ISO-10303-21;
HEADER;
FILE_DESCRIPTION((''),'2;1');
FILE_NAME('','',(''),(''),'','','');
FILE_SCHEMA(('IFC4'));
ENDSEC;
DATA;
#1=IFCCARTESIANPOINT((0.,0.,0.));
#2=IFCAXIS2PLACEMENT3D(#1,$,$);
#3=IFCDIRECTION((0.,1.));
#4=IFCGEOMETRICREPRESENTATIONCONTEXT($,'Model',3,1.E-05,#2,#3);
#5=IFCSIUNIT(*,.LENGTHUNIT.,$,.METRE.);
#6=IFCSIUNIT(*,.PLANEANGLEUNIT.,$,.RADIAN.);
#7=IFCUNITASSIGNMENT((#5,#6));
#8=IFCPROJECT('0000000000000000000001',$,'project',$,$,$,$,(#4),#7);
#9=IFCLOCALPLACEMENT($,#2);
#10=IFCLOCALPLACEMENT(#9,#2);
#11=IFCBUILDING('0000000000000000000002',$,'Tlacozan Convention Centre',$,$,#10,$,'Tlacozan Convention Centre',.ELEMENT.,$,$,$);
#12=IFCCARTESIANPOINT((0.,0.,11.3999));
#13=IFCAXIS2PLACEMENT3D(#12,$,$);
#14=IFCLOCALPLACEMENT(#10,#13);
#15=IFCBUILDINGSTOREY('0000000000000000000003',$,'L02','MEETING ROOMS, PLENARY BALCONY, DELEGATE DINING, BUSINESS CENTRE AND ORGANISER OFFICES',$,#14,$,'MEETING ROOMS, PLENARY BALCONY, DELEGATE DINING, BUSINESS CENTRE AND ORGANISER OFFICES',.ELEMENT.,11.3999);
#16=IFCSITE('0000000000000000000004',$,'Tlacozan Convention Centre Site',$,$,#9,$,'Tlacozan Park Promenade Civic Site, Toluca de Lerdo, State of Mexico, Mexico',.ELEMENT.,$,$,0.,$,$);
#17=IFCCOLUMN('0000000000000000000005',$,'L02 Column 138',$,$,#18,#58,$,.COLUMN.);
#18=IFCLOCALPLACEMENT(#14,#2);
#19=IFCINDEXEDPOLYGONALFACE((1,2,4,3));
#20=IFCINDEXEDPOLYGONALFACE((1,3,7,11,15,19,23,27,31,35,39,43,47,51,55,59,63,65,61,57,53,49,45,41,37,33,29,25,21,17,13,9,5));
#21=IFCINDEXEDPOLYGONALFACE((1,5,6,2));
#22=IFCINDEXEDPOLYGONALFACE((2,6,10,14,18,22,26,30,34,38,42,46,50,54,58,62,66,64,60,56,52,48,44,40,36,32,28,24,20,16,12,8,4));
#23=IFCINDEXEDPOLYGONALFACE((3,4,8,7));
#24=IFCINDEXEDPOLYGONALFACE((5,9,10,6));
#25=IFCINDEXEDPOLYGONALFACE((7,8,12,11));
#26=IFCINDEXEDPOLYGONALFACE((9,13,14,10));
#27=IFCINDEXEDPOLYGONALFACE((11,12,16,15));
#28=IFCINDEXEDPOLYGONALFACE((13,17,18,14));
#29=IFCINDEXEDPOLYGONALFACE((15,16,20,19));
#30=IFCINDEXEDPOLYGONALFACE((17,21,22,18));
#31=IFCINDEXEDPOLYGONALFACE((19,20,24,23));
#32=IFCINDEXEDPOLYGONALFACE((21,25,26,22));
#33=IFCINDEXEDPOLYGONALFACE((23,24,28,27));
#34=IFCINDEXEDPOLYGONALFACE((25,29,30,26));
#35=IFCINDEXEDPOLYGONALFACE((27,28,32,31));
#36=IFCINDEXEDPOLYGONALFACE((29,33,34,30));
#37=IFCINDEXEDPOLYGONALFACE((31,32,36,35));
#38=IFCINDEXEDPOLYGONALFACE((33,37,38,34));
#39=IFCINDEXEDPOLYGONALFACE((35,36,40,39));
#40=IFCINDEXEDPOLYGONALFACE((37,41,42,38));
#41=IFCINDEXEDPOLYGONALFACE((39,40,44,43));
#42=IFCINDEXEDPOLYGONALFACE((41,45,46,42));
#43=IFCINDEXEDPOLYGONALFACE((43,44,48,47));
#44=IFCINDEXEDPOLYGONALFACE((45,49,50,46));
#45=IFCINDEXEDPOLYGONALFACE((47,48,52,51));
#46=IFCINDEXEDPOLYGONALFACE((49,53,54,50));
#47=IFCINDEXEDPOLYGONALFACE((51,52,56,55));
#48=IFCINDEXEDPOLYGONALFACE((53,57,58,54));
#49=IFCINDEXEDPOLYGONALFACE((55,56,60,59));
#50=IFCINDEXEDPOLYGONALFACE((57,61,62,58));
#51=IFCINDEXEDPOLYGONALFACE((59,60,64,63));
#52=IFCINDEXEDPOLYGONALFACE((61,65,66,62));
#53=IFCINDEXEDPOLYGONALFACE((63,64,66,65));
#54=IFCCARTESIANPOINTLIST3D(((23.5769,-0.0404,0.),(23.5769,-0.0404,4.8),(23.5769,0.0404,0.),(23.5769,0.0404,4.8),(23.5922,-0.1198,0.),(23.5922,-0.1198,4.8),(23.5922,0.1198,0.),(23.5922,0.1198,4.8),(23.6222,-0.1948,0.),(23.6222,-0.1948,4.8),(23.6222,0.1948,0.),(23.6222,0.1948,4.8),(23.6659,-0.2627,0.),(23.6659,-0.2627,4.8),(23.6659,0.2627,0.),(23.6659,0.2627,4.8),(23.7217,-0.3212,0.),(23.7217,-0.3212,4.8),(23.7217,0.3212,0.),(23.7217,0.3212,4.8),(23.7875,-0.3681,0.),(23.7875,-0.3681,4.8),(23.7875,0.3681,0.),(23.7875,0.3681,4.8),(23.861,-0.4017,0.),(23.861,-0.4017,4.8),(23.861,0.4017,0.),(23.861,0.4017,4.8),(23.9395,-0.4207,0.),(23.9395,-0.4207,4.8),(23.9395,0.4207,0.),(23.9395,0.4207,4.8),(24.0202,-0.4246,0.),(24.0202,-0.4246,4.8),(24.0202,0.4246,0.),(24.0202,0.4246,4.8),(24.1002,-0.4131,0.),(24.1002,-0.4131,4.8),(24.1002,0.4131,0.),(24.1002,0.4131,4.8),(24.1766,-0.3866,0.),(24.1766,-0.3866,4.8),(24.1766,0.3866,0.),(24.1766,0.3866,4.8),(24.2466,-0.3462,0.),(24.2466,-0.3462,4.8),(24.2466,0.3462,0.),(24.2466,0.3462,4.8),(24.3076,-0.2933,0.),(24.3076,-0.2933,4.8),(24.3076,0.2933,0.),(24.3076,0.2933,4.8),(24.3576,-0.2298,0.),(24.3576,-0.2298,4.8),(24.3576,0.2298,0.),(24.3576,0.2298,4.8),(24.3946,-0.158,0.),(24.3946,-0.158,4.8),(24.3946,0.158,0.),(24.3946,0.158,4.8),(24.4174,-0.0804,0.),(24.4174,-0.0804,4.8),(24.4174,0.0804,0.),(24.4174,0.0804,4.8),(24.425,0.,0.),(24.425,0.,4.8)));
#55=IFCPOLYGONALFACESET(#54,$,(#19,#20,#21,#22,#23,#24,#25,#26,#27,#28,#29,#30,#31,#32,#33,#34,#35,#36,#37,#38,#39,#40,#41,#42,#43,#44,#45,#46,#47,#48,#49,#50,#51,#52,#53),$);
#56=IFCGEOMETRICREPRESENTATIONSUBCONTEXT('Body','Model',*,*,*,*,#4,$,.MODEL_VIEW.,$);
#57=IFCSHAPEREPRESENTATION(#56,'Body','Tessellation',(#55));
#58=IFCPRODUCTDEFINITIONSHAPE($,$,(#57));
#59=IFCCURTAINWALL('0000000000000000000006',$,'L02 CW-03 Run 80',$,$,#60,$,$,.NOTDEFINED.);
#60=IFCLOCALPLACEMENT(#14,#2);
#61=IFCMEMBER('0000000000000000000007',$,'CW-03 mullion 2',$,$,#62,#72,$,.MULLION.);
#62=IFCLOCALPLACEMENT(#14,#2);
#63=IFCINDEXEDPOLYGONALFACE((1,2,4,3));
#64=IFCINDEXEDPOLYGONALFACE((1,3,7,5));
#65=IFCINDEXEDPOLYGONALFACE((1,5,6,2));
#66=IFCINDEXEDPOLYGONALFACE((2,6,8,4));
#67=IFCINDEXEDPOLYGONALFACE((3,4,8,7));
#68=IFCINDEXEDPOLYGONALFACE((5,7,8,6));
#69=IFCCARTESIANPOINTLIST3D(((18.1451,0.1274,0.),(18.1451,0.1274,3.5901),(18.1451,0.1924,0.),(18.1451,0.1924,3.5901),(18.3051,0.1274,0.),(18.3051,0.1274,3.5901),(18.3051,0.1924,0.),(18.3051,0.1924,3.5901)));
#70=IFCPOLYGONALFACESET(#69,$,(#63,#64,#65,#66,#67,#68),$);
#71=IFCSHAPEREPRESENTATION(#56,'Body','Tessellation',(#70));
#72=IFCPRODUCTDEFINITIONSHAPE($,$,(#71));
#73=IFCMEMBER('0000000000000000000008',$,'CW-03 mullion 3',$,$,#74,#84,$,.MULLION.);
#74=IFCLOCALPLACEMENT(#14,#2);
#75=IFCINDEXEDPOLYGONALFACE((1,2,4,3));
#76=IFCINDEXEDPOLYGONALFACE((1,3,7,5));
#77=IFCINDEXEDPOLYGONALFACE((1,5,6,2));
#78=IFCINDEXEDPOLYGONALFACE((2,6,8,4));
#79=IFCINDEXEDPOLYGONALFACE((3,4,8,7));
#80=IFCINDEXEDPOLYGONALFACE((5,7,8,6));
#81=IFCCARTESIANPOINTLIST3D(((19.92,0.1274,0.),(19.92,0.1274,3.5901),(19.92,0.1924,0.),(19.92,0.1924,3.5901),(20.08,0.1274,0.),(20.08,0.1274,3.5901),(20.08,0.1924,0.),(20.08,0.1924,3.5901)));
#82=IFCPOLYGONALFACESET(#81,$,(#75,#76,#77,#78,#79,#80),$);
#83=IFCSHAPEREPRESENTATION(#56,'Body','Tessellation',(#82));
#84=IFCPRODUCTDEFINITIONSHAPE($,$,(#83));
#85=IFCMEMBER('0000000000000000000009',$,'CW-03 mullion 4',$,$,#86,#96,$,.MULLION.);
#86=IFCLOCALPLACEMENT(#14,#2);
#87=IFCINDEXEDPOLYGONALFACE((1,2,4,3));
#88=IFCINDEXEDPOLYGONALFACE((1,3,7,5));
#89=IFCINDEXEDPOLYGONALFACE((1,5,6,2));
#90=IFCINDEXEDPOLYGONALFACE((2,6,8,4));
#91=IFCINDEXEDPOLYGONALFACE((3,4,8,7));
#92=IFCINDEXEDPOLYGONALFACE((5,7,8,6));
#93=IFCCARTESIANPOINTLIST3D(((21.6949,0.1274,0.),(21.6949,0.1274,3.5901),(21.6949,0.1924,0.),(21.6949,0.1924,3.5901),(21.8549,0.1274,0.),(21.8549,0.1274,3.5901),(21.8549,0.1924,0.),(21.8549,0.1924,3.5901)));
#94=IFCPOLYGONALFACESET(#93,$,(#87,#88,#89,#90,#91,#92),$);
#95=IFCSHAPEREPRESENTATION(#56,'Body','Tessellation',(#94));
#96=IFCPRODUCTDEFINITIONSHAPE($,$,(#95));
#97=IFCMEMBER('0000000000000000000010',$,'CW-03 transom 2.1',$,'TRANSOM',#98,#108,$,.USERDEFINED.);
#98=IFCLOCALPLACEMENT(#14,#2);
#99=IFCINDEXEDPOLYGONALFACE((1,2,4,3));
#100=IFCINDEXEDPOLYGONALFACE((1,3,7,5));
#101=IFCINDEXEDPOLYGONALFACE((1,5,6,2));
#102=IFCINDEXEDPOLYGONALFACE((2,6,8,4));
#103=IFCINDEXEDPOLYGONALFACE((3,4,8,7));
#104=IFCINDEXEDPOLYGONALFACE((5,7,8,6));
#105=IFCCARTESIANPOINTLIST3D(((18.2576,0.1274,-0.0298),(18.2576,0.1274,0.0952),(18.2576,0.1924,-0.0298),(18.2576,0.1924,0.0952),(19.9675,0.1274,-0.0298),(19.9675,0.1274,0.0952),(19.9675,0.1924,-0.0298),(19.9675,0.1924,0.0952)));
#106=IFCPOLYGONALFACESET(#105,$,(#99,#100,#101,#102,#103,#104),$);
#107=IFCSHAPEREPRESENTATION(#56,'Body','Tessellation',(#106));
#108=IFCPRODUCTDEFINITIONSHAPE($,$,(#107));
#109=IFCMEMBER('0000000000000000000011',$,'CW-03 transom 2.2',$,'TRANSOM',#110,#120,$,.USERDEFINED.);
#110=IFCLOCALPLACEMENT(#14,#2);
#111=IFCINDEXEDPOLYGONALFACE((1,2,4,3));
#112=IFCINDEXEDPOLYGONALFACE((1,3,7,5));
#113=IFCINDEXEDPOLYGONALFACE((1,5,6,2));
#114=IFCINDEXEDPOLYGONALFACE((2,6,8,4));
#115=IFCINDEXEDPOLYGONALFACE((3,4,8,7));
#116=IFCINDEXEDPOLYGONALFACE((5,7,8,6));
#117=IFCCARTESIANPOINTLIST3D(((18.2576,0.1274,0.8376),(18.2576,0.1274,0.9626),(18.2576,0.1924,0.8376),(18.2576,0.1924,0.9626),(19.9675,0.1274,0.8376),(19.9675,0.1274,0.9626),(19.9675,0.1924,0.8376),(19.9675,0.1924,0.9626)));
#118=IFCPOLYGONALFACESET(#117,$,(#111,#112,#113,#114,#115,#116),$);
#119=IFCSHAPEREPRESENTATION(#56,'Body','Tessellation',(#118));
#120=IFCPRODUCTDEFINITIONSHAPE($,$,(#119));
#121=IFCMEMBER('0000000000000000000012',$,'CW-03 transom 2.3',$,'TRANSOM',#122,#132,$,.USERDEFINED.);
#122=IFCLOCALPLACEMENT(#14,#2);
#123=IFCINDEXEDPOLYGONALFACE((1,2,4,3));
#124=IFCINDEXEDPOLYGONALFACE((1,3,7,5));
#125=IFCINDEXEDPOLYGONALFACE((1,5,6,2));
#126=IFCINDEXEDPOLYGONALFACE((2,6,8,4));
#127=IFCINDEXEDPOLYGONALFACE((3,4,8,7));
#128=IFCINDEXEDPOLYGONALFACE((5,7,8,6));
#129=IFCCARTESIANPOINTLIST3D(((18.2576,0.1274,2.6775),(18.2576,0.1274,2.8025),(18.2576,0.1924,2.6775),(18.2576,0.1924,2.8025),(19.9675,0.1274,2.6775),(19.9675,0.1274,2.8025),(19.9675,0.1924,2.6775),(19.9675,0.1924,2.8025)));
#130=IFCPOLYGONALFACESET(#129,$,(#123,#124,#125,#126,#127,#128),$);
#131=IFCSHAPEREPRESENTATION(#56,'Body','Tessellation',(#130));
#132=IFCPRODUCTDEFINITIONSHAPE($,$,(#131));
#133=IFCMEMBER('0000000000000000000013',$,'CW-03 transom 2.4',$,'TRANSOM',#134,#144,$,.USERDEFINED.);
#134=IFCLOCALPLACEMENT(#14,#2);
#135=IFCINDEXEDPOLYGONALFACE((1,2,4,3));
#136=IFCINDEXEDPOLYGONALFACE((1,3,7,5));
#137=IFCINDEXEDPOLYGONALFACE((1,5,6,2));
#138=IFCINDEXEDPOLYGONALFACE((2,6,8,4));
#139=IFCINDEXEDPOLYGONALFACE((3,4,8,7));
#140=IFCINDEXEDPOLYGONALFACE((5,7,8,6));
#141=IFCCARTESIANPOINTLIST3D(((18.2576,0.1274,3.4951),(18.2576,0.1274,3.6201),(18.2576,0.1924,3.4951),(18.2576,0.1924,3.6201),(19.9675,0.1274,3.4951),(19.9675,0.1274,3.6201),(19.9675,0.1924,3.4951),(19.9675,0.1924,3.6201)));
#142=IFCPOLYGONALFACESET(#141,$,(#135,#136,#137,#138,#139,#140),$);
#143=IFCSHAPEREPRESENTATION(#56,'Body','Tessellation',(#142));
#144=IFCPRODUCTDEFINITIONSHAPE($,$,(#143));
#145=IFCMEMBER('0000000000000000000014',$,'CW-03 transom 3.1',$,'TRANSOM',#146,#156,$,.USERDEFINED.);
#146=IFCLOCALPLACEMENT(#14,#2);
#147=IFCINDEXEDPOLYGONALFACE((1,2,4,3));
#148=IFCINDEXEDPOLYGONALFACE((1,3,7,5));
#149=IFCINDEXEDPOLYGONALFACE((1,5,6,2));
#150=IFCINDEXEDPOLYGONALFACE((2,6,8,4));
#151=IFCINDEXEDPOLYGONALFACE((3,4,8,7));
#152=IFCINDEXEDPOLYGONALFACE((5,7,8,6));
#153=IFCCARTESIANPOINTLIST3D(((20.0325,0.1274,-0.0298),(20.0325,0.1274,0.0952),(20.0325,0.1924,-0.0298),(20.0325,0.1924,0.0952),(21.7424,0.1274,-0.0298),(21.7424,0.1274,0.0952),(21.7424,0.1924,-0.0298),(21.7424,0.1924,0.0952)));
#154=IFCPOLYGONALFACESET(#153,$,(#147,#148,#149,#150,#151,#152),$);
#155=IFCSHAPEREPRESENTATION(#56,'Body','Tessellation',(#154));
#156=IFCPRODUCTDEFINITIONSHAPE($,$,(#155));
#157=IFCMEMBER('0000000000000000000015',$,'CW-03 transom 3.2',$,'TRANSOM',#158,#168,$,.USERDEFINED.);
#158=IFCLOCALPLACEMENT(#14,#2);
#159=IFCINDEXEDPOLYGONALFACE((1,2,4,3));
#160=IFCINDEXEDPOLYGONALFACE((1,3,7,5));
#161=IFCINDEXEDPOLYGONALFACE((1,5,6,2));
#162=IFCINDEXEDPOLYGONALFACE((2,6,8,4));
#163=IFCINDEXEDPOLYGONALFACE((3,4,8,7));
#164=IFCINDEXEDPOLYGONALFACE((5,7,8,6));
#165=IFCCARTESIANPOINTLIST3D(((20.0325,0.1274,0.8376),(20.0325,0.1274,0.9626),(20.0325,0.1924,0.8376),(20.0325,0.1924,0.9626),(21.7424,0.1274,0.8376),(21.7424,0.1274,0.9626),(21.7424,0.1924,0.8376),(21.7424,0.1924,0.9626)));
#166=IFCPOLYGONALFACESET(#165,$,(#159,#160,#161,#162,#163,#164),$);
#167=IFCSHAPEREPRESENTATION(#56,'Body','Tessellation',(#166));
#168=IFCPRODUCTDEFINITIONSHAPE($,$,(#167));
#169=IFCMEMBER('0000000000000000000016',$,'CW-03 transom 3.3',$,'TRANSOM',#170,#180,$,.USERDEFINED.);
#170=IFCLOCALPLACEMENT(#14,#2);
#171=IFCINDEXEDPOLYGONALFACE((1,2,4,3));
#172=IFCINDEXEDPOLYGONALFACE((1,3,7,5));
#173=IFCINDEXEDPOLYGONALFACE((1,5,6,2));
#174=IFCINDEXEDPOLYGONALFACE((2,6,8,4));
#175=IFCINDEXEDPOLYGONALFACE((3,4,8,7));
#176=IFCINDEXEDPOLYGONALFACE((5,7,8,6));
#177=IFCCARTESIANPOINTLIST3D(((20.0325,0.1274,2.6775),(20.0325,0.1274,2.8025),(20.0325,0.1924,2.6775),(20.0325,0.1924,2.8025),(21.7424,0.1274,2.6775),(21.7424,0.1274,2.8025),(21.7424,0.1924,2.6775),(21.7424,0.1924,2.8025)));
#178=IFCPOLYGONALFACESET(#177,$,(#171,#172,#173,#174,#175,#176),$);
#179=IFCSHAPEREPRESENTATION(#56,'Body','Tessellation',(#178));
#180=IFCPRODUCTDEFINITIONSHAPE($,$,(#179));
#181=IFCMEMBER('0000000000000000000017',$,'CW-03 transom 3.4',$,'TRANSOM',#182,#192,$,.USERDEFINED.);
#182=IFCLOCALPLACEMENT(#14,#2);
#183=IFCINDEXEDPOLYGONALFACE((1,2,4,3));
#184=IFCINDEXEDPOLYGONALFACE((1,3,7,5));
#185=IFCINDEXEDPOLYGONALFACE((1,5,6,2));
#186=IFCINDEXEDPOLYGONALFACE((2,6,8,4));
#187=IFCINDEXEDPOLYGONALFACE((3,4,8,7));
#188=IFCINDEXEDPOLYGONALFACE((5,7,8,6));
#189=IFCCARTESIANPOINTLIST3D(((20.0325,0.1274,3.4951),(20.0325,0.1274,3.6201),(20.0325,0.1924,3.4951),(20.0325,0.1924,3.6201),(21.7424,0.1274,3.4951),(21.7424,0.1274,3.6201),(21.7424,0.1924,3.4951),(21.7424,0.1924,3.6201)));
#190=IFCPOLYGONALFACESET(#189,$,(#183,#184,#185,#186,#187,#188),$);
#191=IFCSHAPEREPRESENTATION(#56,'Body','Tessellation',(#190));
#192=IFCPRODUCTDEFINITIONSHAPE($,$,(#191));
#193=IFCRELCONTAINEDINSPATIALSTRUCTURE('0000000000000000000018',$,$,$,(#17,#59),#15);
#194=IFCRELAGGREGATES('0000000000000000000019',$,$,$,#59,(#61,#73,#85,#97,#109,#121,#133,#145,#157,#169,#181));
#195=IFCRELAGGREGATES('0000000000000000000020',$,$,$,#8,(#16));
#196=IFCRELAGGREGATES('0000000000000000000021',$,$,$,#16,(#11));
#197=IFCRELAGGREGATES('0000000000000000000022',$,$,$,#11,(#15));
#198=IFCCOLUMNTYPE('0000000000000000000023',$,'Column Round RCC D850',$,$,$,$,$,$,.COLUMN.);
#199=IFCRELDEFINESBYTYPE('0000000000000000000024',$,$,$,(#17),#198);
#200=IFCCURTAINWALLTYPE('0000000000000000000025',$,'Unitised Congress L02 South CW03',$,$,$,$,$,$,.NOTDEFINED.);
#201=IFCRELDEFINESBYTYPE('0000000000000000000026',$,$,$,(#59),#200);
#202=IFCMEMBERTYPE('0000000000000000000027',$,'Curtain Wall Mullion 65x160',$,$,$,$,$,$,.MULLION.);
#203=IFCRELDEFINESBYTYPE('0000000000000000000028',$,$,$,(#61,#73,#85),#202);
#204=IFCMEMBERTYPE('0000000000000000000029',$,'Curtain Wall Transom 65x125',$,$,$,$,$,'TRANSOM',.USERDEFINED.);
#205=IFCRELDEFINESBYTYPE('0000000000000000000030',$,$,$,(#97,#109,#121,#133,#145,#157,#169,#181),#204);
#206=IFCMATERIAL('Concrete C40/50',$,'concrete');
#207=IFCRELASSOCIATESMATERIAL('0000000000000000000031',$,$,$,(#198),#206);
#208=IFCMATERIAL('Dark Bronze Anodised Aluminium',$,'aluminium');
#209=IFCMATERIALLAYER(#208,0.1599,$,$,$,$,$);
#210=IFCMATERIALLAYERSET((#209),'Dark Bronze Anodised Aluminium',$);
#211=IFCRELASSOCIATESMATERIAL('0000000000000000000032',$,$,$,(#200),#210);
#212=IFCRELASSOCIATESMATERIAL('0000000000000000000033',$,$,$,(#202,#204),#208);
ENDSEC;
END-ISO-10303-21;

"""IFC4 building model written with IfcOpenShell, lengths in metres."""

from ifc_helpers import new_model, si_unit, direction, frame, origin, origin_2d, place, context, subcontext, project, spatial, rectangle, circle, extrude, material, layer, layer_set, material_profile, profile_set, type_object, element, aggregate, save


model = new_model("IFC4")

# Units and contexts
model_context = context("Model", 3, precision=1e-05, world=origin(), true_north=direction((0.0, 1.0)))
body_context = subcontext(model_context, "Body", "Model", "MODEL_VIEW")
ifc_project = project(units=[si_unit("LENGTHUNIT", "METRE"), si_unit("PLANEANGLEUNIT", "RADIAN")], contexts=[model_context])

# Site, building, storey
site_placement = place(None, origin())
site = spatial("IfcSite", under=ifc_project, at=site_placement, Name="Tlacozan Convention Centre Site", LongName="Tlacozan Park Promenade Civic Site, Toluca de Lerdo, State of Mexico, Mexico", CompositionType="ELEMENT", RefElevation=0.0)
building_placement = place(site_placement, origin())
building = spatial("IfcBuilding", under=site, at=building_placement, Name="Tlacozan Convention Centre", LongName="Tlacozan Convention Centre", CompositionType="ELEMENT")
storey_placement = place(building_placement, frame((0.0, 0.0, 11.3999)))
storey = spatial("IfcBuildingStorey", under=building, at=storey_placement, Name="L02", Description="MEETING ROOMS, PLENARY BALCONY, DELEGATE DINING, BUSINESS CENTRE AND ORGANISER OFFICES", LongName="MEETING ROOMS, PLENARY BALCONY, DELEGATE DINING, BUSINESS CENTRE AND ORGANISER OFFICES", CompositionType="ELEMENT", Elevation=11.3999)

# Column
ifc_material_1 = material(Name="Concrete C40/50", Category="concrete")
ifc_material_profile_1 = material_profile(ifc_material_1, circle(Radius=0.425, at=origin_2d()), Name="RCC D850")
ifc_profile_set_1 = profile_set([ifc_material_profile_1], Name="Concrete C40/50")
column_type = type_object("IfcColumnType", Name="Column Round RCC D850", PredefinedType="COLUMN", material=ifc_profile_set_1)
column_placement = place(storey_placement, frame((24.0, 0.0, 0.0), z_axis=(0.0, 0.0, 1.0), x_axis=(1.0, 0.0, 0.0)))
element("IfcColumn", 1, at=column_placement, inside=storey, type_object=column_type, Name="L02 Column 138", PredefinedType="COLUMN", context=body_context, shape_type="SweptSolid", body=[
    extrude(circle(Radius=0.425, at=origin_2d()), origin(), (0.0, 0.0, 1.0), 4.8),
])

# Curtain wall, members
ifc_material_2 = material(Name="Dark Bronze Anodised Aluminium", Category="aluminium")
ifc_layer_1 = layer(ifc_material_2, 0.1599)
ifc_layer_set_1 = layer_set([ifc_layer_1], Name="Dark Bronze Anodised Aluminium")
curtain_wall_type = type_object("IfcCurtainWallType", Name="Unitised Congress L02 South CW03", PredefinedType="NOTDEFINED", material=ifc_layer_set_1)
curtain_wall_placement = place(storey_placement, origin())
curtain_wall = element("IfcCurtainWall", 2, at=curtain_wall_placement, inside=storey, type_object=curtain_wall_type, Name="L02 CW-03 Run 80", PredefinedType="NOTDEFINED")
ifc_material_profile_2 = material_profile(ifc_material_2, rectangle(XDim=0.0649, YDim=0.1599, at=origin_2d()), Name="ALU 65x160")
ifc_profile_set_2 = profile_set([ifc_material_profile_2], Name="Dark Bronze Anodised Aluminium")
member_type_1 = type_object("IfcMemberType", Name="Curtain Wall Mullion 65x160", PredefinedType="MULLION", material=ifc_profile_set_2)
member_1_placement = place(storey_placement, frame((18.2251, 0.1599, 0.0), z_axis=(0.0, 0.0, 1.0), x_axis=(0.0, 1.0, 0.0)))
member_1 = element("IfcMember", 3, at=member_1_placement, type_object=member_type_1, Name="CW-03 mullion 2", PredefinedType="MULLION", context=body_context, shape_type="SweptSolid", body=[
    extrude(rectangle(XDim=0.0649, YDim=0.1599, at=origin_2d()), origin(), (0.0, 0.0, 1.0), 3.5901),
])
member_2_placement = place(storey_placement, frame((20.0, 0.1599, 0.0), z_axis=(0.0, 0.0, 1.0), x_axis=(0.0, 1.0, 0.0)))
member_2 = element("IfcMember", 4, at=member_2_placement, type_object=member_type_1, Name="CW-03 mullion 3", PredefinedType="MULLION", context=body_context, shape_type="SweptSolid", body=[
    extrude(rectangle(XDim=0.0649, YDim=0.1599, at=origin_2d()), origin(), (0.0, 0.0, 1.0), 3.5901),
])
member_3_placement = place(storey_placement, frame((21.7749, 0.1599, 0.0), z_axis=(0.0, 0.0, 1.0), x_axis=(0.0, 1.0, 0.0)))
member_3 = element("IfcMember", 5, at=member_3_placement, type_object=member_type_1, Name="CW-03 mullion 4", PredefinedType="MULLION", context=body_context, shape_type="SweptSolid", body=[
    extrude(rectangle(XDim=0.0649, YDim=0.1599, at=origin_2d()), origin(), (0.0, 0.0, 1.0), 3.5901),
])
ifc_material_profile_3 = material_profile(ifc_material_2, rectangle(XDim=0.0649, YDim=0.125, at=origin_2d()), Name="ALU 65x125")
ifc_profile_set_3 = profile_set([ifc_material_profile_3], Name="Dark Bronze Anodised Aluminium")
member_type_2 = type_object("IfcMemberType", Name="Curtain Wall Transom 65x125", ElementType="TRANSOM", PredefinedType="USERDEFINED", material=ifc_profile_set_3)
member_4_placement = place(storey_placement, frame((18.2576, 0.1599, 0.0327), z_axis=(1.0, 0.0, 0.0), x_axis=(0.0, 1.0, 0.0)))
member_4 = element("IfcMember", 6, at=member_4_placement, type_object=member_type_2, Name="CW-03 transom 2.1", ObjectType="TRANSOM", PredefinedType="USERDEFINED", context=body_context, shape_type="SweptSolid", body=[
    extrude(rectangle(XDim=0.0649, YDim=0.125, at=origin_2d()), origin(), (0.0, 0.0, 1.0), 1.71),
])
member_5_placement = place(storey_placement, frame((18.2576, 0.1599, 0.9001), z_axis=(1.0, 0.0, 0.0), x_axis=(0.0, 1.0, 0.0)))
member_5 = element("IfcMember", 7, at=member_5_placement, type_object=member_type_2, Name="CW-03 transom 2.2", ObjectType="TRANSOM", PredefinedType="USERDEFINED", context=body_context, shape_type="SweptSolid", body=[
    extrude(rectangle(XDim=0.0649, YDim=0.125, at=origin_2d()), origin(), (0.0, 0.0, 1.0), 1.71),
])
member_6_placement = place(storey_placement, frame((18.2576, 0.1599, 2.74), z_axis=(1.0, 0.0, 0.0), x_axis=(0.0, 1.0, 0.0)))
member_6 = element("IfcMember", 8, at=member_6_placement, type_object=member_type_2, Name="CW-03 transom 2.3", ObjectType="TRANSOM", PredefinedType="USERDEFINED", context=body_context, shape_type="SweptSolid", body=[
    extrude(rectangle(XDim=0.0649, YDim=0.125, at=origin_2d()), origin(), (0.0, 0.0, 1.0), 1.71),
])
member_7_placement = place(storey_placement, frame((18.2576, 0.1599, 3.5576), z_axis=(1.0, 0.0, 0.0), x_axis=(0.0, 1.0, 0.0)))
member_7 = element("IfcMember", 9, at=member_7_placement, type_object=member_type_2, Name="CW-03 transom 2.4", ObjectType="TRANSOM", PredefinedType="USERDEFINED", context=body_context, shape_type="SweptSolid", body=[
    extrude(rectangle(XDim=0.0649, YDim=0.125, at=origin_2d()), origin(), (0.0, 0.0, 1.0), 1.71),
])
member_8_placement = place(storey_placement, frame((20.0325, 0.1599, 0.0327), z_axis=(1.0, 0.0, 0.0), x_axis=(0.0, 1.0, 0.0)))
member_8 = element("IfcMember", 10, at=member_8_placement, type_object=member_type_2, Name="CW-03 transom 3.1", ObjectType="TRANSOM", PredefinedType="USERDEFINED", context=body_context, shape_type="SweptSolid", body=[
    extrude(rectangle(XDim=0.0649, YDim=0.125, at=origin_2d()), origin(), (0.0, 0.0, 1.0), 1.71),
])
member_9_placement = place(storey_placement, frame((20.0325, 0.1599, 0.9001), z_axis=(1.0, 0.0, 0.0), x_axis=(0.0, 1.0, 0.0)))
member_9 = element("IfcMember", 11, at=member_9_placement, type_object=member_type_2, Name="CW-03 transom 3.2", ObjectType="TRANSOM", PredefinedType="USERDEFINED", context=body_context, shape_type="SweptSolid", body=[
    extrude(rectangle(XDim=0.0649, YDim=0.125, at=origin_2d()), origin(), (0.0, 0.0, 1.0), 1.71),
])
member_10_placement = place(storey_placement, frame((20.0325, 0.1599, 2.74), z_axis=(1.0, 0.0, 0.0), x_axis=(0.0, 1.0, 0.0)))
member_10 = element("IfcMember", 12, at=member_10_placement, type_object=member_type_2, Name="CW-03 transom 3.3", ObjectType="TRANSOM", PredefinedType="USERDEFINED", context=body_context, shape_type="SweptSolid", body=[
    extrude(rectangle(XDim=0.0649, YDim=0.125, at=origin_2d()), origin(), (0.0, 0.0, 1.0), 1.71),
])
member_11_placement = place(storey_placement, frame((20.0325, 0.1599, 3.5576), z_axis=(1.0, 0.0, 0.0), x_axis=(0.0, 1.0, 0.0)))
member_11 = element("IfcMember", 13, at=member_11_placement, type_object=member_type_2, Name="CW-03 transom 3.4", ObjectType="TRANSOM", PredefinedType="USERDEFINED", context=body_context, shape_type="SweptSolid", body=[
    extrude(rectangle(XDim=0.0649, YDim=0.125, at=origin_2d()), origin(), (0.0, 0.0, 1.0), 1.71),
])

aggregate(curtain_wall, [member_1, member_2, member_3, member_4, member_5, member_6, member_7, member_8, member_9, member_10, member_11])

save(model, "model.ifc")
